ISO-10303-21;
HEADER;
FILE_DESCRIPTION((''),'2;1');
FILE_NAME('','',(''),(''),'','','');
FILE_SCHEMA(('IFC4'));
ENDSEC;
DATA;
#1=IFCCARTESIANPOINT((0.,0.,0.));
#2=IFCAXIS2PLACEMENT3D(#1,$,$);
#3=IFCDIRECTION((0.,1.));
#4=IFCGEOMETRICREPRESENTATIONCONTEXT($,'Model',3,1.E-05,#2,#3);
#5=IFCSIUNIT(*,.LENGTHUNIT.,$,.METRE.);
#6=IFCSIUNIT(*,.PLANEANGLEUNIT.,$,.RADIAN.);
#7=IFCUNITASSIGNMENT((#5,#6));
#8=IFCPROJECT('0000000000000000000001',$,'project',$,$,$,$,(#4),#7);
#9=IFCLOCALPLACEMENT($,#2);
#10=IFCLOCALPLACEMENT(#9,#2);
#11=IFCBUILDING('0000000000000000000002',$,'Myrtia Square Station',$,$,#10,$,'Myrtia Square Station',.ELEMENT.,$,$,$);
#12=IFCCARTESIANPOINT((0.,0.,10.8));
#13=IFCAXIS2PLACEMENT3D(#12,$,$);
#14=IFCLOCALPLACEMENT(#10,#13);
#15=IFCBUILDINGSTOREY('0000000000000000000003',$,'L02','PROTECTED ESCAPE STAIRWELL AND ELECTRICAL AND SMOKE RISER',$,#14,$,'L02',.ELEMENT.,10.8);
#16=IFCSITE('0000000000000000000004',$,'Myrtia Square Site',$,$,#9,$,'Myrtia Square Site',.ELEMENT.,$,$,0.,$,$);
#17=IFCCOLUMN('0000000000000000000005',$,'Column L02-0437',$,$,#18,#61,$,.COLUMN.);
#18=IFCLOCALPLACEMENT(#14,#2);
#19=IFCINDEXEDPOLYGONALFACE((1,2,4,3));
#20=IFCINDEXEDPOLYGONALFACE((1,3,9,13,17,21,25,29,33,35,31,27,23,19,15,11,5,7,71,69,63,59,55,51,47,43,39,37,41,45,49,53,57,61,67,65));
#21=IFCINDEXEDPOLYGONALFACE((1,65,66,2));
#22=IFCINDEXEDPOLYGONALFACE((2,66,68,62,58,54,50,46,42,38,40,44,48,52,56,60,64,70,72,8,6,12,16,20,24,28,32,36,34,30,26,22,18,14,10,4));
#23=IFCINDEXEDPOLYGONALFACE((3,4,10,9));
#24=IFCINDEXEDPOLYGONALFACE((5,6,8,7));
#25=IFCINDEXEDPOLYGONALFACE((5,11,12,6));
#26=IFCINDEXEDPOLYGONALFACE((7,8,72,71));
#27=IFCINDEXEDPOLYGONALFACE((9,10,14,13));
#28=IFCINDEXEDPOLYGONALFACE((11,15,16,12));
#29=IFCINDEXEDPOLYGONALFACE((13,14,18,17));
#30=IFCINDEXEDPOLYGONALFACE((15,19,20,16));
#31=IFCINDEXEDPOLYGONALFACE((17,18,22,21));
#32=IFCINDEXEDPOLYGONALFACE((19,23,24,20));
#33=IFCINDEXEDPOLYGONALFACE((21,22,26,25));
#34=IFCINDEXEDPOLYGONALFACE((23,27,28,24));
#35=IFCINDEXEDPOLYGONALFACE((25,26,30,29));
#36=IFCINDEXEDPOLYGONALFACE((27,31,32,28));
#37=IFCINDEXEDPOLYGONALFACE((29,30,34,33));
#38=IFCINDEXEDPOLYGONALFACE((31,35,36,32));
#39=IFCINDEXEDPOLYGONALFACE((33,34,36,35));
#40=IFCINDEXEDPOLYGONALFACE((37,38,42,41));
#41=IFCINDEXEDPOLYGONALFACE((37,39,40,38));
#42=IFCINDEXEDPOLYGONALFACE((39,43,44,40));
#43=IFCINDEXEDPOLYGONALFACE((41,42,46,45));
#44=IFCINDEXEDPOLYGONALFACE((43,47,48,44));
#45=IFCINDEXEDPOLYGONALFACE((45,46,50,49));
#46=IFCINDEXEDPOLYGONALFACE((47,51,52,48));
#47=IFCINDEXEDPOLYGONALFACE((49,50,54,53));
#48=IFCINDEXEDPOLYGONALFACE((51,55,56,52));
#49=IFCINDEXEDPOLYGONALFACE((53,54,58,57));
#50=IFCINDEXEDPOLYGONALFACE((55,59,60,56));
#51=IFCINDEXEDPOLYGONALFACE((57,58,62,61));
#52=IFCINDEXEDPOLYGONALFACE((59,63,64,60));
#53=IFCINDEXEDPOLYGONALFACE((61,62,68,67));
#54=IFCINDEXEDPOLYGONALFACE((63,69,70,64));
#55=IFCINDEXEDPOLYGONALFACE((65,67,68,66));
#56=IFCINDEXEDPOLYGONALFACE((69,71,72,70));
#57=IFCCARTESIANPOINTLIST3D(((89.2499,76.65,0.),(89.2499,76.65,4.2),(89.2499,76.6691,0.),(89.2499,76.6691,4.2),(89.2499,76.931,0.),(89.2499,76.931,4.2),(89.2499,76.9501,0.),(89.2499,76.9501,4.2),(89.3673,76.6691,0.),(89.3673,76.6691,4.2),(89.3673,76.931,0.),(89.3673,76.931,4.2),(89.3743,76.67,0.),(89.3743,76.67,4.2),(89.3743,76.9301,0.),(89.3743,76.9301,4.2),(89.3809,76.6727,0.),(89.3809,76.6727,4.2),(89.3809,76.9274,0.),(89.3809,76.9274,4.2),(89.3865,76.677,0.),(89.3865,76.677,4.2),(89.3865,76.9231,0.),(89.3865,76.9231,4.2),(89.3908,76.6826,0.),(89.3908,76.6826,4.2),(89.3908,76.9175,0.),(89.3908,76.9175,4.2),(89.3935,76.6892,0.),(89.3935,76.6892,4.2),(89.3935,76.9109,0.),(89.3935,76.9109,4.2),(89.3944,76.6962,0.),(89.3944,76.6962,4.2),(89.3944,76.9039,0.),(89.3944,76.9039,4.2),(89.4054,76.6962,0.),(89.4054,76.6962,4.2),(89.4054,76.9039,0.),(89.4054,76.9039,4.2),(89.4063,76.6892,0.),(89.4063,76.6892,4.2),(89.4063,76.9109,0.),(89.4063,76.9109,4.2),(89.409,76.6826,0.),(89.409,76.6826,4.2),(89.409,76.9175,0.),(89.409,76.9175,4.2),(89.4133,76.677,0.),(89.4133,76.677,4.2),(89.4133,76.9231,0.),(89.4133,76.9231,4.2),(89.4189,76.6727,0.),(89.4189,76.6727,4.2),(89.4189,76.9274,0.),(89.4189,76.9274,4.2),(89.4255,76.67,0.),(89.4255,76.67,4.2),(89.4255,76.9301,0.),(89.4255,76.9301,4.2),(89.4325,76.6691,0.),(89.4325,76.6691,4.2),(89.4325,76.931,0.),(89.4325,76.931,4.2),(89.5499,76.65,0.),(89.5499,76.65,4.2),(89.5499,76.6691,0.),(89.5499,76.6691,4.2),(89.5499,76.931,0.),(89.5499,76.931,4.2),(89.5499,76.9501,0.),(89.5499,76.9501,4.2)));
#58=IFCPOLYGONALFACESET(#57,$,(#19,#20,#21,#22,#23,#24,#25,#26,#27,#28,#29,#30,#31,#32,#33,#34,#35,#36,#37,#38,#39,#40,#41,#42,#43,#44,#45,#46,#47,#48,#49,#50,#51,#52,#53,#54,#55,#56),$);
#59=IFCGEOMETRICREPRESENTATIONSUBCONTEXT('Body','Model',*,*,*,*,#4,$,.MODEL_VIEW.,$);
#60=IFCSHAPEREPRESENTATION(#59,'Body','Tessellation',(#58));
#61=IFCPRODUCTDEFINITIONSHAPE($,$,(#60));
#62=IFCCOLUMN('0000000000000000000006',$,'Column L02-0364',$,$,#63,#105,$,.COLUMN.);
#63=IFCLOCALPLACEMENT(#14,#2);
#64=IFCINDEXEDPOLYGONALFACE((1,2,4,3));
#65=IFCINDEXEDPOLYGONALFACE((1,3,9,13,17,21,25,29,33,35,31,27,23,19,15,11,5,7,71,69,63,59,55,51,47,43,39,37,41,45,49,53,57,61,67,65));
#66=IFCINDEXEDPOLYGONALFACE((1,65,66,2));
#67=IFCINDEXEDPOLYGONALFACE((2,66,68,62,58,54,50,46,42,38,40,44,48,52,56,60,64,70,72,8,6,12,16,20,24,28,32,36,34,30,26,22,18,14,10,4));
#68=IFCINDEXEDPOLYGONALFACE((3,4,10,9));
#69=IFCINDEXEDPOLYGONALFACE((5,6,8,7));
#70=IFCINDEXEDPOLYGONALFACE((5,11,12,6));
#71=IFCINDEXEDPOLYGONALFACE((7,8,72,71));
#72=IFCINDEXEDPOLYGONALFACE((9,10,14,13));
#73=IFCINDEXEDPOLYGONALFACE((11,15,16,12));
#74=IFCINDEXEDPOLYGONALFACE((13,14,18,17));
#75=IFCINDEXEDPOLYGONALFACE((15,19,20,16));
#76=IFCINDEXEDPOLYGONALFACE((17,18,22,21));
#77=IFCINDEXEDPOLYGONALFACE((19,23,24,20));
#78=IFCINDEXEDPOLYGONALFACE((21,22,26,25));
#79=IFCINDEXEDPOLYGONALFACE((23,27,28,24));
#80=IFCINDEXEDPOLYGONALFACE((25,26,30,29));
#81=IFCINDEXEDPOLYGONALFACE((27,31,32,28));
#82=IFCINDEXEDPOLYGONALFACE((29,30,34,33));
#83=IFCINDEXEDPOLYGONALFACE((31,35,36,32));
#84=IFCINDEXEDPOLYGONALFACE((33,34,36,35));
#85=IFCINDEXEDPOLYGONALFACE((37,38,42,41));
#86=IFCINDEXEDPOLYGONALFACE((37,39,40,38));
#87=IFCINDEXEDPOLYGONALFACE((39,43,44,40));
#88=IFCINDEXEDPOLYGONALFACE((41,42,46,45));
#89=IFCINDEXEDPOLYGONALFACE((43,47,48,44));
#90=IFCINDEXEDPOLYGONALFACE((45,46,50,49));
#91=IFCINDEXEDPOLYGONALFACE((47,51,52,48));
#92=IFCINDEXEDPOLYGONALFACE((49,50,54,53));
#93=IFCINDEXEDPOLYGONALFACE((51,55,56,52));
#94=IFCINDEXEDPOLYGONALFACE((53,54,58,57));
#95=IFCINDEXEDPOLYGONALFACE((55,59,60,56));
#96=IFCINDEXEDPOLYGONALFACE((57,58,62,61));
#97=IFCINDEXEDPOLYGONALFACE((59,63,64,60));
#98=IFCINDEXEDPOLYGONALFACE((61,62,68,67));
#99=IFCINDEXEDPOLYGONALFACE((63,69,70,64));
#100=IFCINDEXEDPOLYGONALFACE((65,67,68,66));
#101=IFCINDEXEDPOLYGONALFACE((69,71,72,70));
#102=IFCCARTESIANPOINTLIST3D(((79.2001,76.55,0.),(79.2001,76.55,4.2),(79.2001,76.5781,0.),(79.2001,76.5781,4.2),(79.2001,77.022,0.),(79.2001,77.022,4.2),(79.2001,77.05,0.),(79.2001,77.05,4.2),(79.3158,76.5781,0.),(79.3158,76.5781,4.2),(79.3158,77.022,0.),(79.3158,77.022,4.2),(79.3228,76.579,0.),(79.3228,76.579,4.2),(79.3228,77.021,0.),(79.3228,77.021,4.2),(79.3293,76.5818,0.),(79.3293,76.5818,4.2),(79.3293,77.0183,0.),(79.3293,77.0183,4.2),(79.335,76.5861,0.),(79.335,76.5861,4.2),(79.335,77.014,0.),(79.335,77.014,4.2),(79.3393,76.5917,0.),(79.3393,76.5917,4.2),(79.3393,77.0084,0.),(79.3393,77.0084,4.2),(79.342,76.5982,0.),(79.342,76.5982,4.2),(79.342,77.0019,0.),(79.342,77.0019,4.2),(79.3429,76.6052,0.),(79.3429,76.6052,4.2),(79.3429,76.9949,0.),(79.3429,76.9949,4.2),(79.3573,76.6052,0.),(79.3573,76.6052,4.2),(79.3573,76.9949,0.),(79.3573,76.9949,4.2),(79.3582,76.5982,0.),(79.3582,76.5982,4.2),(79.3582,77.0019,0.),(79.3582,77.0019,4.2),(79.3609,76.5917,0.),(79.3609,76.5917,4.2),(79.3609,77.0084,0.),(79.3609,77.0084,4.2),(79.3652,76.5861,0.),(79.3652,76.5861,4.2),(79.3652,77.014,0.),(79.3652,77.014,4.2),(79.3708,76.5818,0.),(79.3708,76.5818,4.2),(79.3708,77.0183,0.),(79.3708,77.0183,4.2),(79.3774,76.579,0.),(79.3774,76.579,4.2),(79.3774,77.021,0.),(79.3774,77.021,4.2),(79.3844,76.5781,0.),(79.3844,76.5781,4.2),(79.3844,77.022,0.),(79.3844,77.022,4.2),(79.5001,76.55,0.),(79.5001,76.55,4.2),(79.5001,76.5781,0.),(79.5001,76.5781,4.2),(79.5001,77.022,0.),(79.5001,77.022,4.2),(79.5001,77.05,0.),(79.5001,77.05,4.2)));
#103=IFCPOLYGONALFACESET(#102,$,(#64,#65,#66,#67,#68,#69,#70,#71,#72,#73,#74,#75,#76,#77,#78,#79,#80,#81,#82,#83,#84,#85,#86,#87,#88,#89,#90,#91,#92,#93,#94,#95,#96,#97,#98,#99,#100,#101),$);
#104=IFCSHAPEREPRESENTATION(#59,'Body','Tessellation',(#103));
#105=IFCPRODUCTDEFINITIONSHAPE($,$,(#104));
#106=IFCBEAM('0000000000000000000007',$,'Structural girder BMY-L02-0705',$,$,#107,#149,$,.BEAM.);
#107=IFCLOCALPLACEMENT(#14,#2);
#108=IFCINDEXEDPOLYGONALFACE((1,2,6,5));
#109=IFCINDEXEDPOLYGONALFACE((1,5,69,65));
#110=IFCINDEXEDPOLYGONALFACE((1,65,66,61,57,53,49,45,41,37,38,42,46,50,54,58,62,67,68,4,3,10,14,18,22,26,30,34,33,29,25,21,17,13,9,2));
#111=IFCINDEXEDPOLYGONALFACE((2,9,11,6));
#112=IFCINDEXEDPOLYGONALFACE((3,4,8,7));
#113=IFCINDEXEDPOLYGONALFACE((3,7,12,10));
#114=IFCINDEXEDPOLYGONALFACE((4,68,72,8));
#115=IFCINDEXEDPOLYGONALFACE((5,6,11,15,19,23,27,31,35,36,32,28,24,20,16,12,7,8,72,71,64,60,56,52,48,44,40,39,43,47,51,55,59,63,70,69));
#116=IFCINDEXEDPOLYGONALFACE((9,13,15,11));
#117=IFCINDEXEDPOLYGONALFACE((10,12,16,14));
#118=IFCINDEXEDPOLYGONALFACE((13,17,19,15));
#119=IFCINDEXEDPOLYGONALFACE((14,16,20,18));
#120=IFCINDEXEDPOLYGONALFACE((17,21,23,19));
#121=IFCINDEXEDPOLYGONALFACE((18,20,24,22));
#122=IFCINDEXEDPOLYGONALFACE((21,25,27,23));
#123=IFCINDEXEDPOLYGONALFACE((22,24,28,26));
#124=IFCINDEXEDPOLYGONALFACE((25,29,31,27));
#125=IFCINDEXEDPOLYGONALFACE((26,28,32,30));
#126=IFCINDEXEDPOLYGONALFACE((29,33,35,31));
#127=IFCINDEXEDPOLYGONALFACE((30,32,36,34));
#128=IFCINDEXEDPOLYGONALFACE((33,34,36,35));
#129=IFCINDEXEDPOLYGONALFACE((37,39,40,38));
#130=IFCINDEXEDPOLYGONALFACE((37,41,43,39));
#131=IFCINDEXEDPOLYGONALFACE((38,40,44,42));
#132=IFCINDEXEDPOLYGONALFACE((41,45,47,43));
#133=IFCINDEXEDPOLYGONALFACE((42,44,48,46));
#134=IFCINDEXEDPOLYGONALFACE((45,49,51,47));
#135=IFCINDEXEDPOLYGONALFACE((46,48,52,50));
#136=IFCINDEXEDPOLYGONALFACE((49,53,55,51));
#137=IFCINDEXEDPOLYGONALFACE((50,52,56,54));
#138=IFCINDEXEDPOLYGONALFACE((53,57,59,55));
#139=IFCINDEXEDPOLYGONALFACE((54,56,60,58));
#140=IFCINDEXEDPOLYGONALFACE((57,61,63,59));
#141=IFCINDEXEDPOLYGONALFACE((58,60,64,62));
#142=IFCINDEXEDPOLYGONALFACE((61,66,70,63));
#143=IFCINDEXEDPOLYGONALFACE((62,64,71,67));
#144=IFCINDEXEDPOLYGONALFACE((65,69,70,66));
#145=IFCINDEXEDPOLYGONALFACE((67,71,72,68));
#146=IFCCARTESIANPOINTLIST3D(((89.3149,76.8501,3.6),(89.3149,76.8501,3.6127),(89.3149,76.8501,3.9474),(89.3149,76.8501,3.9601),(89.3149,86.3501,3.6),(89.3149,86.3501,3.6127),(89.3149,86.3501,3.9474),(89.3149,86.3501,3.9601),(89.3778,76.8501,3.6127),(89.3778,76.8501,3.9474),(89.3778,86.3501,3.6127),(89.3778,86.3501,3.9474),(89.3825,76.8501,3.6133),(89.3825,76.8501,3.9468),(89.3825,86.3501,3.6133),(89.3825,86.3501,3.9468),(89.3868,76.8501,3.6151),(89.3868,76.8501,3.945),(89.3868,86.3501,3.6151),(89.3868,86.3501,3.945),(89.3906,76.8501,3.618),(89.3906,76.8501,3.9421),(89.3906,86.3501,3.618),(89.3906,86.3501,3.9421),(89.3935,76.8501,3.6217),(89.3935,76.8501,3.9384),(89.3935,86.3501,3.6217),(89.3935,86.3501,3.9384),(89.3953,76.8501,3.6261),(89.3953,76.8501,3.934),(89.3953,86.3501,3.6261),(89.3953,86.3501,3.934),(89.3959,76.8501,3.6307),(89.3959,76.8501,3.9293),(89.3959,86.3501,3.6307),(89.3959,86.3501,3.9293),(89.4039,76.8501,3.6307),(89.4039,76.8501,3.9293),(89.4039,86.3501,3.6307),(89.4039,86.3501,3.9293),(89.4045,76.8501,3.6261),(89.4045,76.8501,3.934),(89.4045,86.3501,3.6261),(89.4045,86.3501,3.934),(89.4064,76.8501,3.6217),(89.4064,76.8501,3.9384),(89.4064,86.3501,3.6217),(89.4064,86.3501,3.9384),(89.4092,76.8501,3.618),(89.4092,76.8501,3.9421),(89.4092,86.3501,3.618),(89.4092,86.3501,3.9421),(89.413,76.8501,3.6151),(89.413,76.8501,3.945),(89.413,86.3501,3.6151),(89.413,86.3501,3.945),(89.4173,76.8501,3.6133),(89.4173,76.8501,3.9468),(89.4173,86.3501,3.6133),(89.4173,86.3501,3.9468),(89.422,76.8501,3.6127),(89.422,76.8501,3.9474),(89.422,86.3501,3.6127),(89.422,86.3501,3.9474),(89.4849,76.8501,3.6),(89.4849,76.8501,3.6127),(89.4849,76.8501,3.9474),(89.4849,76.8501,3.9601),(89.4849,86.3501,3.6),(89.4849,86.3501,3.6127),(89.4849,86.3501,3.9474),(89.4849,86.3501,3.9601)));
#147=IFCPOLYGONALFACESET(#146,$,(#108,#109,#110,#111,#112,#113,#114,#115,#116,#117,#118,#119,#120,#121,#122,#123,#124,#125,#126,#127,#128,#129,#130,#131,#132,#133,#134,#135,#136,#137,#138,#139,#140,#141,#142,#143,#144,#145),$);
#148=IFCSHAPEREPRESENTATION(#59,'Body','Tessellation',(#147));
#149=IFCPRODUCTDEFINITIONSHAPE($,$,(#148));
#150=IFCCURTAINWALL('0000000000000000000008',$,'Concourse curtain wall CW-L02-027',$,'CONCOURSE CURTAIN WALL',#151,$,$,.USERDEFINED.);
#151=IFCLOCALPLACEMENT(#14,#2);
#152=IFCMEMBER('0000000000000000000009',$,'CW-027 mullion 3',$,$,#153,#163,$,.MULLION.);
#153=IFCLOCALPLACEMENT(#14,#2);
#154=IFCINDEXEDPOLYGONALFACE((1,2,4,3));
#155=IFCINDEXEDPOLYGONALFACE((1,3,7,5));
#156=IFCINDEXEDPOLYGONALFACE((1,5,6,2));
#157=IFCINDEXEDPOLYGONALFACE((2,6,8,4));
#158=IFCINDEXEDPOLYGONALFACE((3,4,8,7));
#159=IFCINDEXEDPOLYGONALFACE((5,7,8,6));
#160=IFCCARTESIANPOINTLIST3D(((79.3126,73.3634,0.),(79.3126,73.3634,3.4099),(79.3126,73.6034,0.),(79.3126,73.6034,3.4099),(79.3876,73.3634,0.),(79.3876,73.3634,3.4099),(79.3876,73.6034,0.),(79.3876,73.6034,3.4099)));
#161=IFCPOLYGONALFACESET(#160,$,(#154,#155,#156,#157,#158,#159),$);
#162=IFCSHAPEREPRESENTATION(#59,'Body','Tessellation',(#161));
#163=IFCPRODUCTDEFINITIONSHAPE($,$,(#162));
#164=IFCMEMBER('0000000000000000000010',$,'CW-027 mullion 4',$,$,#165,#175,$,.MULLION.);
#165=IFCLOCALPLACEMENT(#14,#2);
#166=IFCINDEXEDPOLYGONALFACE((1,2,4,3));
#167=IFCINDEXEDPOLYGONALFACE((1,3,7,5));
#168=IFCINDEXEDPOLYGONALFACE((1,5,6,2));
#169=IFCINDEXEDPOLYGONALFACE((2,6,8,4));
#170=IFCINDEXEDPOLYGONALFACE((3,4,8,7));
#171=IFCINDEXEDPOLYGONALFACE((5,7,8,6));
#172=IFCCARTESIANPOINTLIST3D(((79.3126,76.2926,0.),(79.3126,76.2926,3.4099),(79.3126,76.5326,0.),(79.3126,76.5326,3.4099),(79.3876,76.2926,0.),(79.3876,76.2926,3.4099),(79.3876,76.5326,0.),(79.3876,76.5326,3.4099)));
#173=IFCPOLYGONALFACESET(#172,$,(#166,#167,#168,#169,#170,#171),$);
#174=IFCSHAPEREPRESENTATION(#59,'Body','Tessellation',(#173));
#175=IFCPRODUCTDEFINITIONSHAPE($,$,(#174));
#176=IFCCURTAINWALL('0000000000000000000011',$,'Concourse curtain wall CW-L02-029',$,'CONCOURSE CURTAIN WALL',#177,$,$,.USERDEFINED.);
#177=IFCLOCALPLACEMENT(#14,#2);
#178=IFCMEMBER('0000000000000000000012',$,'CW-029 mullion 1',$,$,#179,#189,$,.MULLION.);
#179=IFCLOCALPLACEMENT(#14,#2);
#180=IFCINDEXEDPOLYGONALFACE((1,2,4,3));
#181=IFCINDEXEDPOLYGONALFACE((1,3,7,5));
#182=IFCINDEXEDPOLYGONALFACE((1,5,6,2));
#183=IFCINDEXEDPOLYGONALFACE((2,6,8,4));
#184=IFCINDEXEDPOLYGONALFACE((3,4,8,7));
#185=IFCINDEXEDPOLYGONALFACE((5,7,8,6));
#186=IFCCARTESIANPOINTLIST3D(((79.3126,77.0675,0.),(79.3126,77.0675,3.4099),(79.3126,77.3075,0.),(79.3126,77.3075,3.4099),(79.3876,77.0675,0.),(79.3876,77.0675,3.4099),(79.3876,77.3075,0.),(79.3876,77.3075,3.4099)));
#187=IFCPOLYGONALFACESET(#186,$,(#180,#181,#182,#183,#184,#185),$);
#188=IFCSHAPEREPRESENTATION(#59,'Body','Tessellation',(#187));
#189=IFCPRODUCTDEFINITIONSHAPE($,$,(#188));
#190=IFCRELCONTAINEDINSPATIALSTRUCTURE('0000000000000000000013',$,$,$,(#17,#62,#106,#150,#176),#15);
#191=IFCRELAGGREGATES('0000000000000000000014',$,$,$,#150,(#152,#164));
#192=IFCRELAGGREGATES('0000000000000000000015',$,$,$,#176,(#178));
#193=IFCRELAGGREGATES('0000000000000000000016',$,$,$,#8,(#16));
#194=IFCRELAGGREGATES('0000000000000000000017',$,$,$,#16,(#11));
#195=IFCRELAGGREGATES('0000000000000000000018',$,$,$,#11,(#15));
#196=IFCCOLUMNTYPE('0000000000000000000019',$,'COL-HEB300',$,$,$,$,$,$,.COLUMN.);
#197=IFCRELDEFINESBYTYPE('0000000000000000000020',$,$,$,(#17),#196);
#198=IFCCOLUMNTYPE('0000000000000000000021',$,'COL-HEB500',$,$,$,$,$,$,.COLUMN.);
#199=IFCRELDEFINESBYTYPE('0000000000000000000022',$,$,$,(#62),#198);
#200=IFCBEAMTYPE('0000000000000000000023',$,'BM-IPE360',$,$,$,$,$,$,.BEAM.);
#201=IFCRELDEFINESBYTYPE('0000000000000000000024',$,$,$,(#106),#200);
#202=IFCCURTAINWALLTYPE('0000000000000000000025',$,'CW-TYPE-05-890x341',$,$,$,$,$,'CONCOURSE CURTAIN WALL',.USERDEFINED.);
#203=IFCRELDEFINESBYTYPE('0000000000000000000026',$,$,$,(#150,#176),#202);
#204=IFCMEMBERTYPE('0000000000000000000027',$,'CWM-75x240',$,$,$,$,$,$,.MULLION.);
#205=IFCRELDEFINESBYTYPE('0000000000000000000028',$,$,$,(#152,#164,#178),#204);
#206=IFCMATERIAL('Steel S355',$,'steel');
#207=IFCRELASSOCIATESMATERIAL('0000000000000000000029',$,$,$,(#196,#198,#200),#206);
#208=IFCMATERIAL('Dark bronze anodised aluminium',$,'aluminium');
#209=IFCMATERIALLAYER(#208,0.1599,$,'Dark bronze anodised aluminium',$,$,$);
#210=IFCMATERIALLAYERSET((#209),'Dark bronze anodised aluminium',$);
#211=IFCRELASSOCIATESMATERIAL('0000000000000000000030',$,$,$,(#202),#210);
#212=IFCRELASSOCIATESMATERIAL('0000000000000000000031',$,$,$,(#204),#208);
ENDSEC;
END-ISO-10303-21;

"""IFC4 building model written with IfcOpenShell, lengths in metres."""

from ifc_helpers import new_model, si_unit, direction, frame, origin, origin_2d, place, context, subcontext, project, spatial, rectangle, i_section, extrude, material, layer, layer_set, material_profile, profile_set, type_object, element, aggregate, save


model = new_model("IFC4")

# Units and contexts
model_context = context("Model", 3, precision=1e-05, world=origin(), true_north=direction((0.0, 1.0)))
body_context = subcontext(model_context, "Body", "Model", "MODEL_VIEW")
ifc_project = project(units=[si_unit("LENGTHUNIT", "METRE"), si_unit("PLANEANGLEUNIT", "RADIAN")], contexts=[model_context])

# Site, building, storey
site_placement = place(None, origin())
site = spatial("IfcSite", under=ifc_project, at=site_placement, Name="Myrtia Square Site", LongName="Myrtia Square Site", CompositionType="ELEMENT", RefElevation=0.0)
building_placement = place(site_placement, origin())
building = spatial("IfcBuilding", under=site, at=building_placement, Name="Myrtia Square Station", LongName="Myrtia Square Station", CompositionType="ELEMENT")
storey_placement = place(building_placement, frame((0.0, 0.0, 10.8)))
storey = spatial("IfcBuildingStorey", under=building, at=storey_placement, Name="L02", Description="PROTECTED ESCAPE STAIRWELL AND ELECTRICAL AND SMOKE RISER", LongName="L02", CompositionType="ELEMENT", Elevation=10.8)

# Columns
ifc_material_1 = material(Name="Steel S355", Category="steel")
ifc_material_profile_1 = material_profile(ifc_material_1, i_section(OverallWidth=0.3, OverallDepth=0.3, WebThickness=0.011, FlangeThickness=0.019, FilletRadius=0.0271, at=origin_2d()), Name="HEB 300")
ifc_profile_set_1 = profile_set([ifc_material_profile_1], Name="Steel S355")
column_type_1 = type_object("IfcColumnType", Name="COL-HEB300", PredefinedType="COLUMN", material=ifc_profile_set_1)
column_1_placement = place(storey_placement, frame((89.3999, 76.8, 0.0), z_axis=(0.0, 0.0, 1.0), x_axis=(1.0, 0.0, 0.0)))
element("IfcColumn", 1, at=column_1_placement, inside=storey, type_object=column_type_1, Name="Column L02-0437", PredefinedType="COLUMN", context=body_context, shape_type="SweptSolid", body=[
    extrude(i_section(OverallWidth=0.3, OverallDepth=0.3, WebThickness=0.011, FlangeThickness=0.019, FilletRadius=0.0271, at=origin_2d()), origin(), (0.0, 0.0, 1.0), 4.2),
])
ifc_material_profile_2 = material_profile(ifc_material_1, i_section(OverallWidth=0.3, OverallDepth=0.5, WebThickness=0.0144, FlangeThickness=0.0281, FilletRadius=0.0271, at=origin_2d()), Name="HEB 500")
ifc_profile_set_2 = profile_set([ifc_material_profile_2], Name="Steel S355")
column_type_2 = type_object("IfcColumnType", Name="COL-HEB500", PredefinedType="COLUMN", material=ifc_profile_set_2)
column_2_placement = place(storey_placement, frame((79.3501, 76.8, 0.0), z_axis=(0.0, 0.0, 1.0), x_axis=(1.0, 0.0, 0.0)))
element("IfcColumn", 2, at=column_2_placement, inside=storey, type_object=column_type_2, Name="Column L02-0364", PredefinedType="COLUMN", context=body_context, shape_type="SweptSolid", body=[
    extrude(i_section(OverallWidth=0.3, OverallDepth=0.5, WebThickness=0.0144, FlangeThickness=0.0281, FilletRadius=0.0271, at=origin_2d()), origin(), (0.0, 0.0, 1.0), 4.2),
])

# Beam
ifc_material_profile_3 = material_profile(ifc_material_1, i_section(OverallWidth=0.1699, OverallDepth=0.3601, WebThickness=0.0081, FlangeThickness=0.0127, FilletRadius=0.0181, at=origin_2d()), Name="IPE 360")
ifc_profile_set_3 = profile_set([ifc_material_profile_3], Name="Steel S355")
beam_type = type_object("IfcBeamType", Name="BM-IPE360", PredefinedType="BEAM", material=ifc_profile_set_3)
beam_placement = place(storey_placement, frame((89.3999, 76.8501, 3.78), z_axis=(0.0, 1.0, 0.0), x_axis=(-1.0, 0.0, 0.0)))
element("IfcBeam", 3, at=beam_placement, inside=storey, type_object=beam_type, Name="Structural girder BMY-L02-0705", PredefinedType="BEAM", context=body_context, shape_type="SweptSolid", body=[
    extrude(i_section(OverallWidth=0.1699, OverallDepth=0.3601, WebThickness=0.0081, FlangeThickness=0.0127, FilletRadius=0.0181, at=origin_2d()), origin(), (0.0, 0.0, 1.0), 9.5),
])

# Curtain walls, members
ifc_material_2 = material(Name="Dark bronze anodised aluminium", Category="aluminium")
ifc_layer_1 = layer(ifc_material_2, 0.1599, Name="Dark bronze anodised aluminium")
ifc_layer_set_1 = layer_set([ifc_layer_1], Name="Dark bronze anodised aluminium")
curtain_wall_type = type_object("IfcCurtainWallType", Name="CW-TYPE-05-890x341", ElementType="CONCOURSE CURTAIN WALL", PredefinedType="USERDEFINED", material=ifc_layer_set_1)
curtain_wall_1_placement = place(storey_placement, origin())
curtain_wall_1 = element("IfcCurtainWall", 4, at=curtain_wall_1_placement, inside=storey, type_object=curtain_wall_type, Name="Concourse curtain wall CW-L02-027", ObjectType="CONCOURSE CURTAIN WALL", PredefinedType="USERDEFINED")
ifc_material_profile_4 = material_profile(ifc_material_2, rectangle(XDim=0.075, YDim=0.24, at=origin_2d()), Name="ALU-M 75x240")
ifc_profile_set_4 = profile_set([ifc_material_profile_4], Name="Dark bronze anodised aluminium")
member_type_1 = type_object("IfcMemberType", Name="CWM-75x240", PredefinedType="MULLION", material=ifc_profile_set_4)
member_1_placement = place(storey_placement, frame((79.3501, 73.4834, 0.0), z_axis=(0.0, 0.0, 1.0), x_axis=(-1.0, 0.0, 0.0)))
member_1 = element("IfcMember", 5, at=member_1_placement, type_object=member_type_1, Name="CW-027 mullion 3", PredefinedType="MULLION", context=body_context, shape_type="SweptSolid", body=[
    extrude(rectangle(XDim=0.075, YDim=0.24, at=origin_2d()), origin(), (0.0, 0.0, 1.0), 3.4099),
])
member_2_placement = place(storey_placement, frame((79.3501, 76.4126, 0.0), z_axis=(0.0, 0.0, 1.0), x_axis=(-1.0, 0.0, 0.0)))
member_2 = element("IfcMember", 6, at=member_2_placement, type_object=member_type_1, Name="CW-027 mullion 4", PredefinedType="MULLION", context=body_context, shape_type="SweptSolid", body=[
    extrude(rectangle(XDim=0.075, YDim=0.24, at=origin_2d()), origin(), (0.0, 0.0, 1.0), 3.4099),
])
curtain_wall_2_placement = place(storey_placement, origin())
curtain_wall_2 = element("IfcCurtainWall", 7, at=curtain_wall_2_placement, inside=storey, type_object=curtain_wall_type, Name="Concourse curtain wall CW-L02-029", ObjectType="CONCOURSE CURTAIN WALL", PredefinedType="USERDEFINED")
member_3_placement = place(storey_placement, frame((79.3501, 77.1875, 0.0), z_axis=(0.0, 0.0, 1.0), x_axis=(-1.0, 0.0, 0.0)))
member_3 = element("IfcMember", 8, at=member_3_placement, type_object=member_type_1, Name="CW-029 mullion 1", PredefinedType="MULLION", context=body_context, shape_type="SweptSolid", body=[
    extrude(rectangle(XDim=0.075, YDim=0.24, at=origin_2d()), origin(), (0.0, 0.0, 1.0), 3.4099),
])

aggregate(curtain_wall_1, [member_1, member_2])
aggregate(curtain_wall_2, [member_3])

save(model, "model.ifc")
